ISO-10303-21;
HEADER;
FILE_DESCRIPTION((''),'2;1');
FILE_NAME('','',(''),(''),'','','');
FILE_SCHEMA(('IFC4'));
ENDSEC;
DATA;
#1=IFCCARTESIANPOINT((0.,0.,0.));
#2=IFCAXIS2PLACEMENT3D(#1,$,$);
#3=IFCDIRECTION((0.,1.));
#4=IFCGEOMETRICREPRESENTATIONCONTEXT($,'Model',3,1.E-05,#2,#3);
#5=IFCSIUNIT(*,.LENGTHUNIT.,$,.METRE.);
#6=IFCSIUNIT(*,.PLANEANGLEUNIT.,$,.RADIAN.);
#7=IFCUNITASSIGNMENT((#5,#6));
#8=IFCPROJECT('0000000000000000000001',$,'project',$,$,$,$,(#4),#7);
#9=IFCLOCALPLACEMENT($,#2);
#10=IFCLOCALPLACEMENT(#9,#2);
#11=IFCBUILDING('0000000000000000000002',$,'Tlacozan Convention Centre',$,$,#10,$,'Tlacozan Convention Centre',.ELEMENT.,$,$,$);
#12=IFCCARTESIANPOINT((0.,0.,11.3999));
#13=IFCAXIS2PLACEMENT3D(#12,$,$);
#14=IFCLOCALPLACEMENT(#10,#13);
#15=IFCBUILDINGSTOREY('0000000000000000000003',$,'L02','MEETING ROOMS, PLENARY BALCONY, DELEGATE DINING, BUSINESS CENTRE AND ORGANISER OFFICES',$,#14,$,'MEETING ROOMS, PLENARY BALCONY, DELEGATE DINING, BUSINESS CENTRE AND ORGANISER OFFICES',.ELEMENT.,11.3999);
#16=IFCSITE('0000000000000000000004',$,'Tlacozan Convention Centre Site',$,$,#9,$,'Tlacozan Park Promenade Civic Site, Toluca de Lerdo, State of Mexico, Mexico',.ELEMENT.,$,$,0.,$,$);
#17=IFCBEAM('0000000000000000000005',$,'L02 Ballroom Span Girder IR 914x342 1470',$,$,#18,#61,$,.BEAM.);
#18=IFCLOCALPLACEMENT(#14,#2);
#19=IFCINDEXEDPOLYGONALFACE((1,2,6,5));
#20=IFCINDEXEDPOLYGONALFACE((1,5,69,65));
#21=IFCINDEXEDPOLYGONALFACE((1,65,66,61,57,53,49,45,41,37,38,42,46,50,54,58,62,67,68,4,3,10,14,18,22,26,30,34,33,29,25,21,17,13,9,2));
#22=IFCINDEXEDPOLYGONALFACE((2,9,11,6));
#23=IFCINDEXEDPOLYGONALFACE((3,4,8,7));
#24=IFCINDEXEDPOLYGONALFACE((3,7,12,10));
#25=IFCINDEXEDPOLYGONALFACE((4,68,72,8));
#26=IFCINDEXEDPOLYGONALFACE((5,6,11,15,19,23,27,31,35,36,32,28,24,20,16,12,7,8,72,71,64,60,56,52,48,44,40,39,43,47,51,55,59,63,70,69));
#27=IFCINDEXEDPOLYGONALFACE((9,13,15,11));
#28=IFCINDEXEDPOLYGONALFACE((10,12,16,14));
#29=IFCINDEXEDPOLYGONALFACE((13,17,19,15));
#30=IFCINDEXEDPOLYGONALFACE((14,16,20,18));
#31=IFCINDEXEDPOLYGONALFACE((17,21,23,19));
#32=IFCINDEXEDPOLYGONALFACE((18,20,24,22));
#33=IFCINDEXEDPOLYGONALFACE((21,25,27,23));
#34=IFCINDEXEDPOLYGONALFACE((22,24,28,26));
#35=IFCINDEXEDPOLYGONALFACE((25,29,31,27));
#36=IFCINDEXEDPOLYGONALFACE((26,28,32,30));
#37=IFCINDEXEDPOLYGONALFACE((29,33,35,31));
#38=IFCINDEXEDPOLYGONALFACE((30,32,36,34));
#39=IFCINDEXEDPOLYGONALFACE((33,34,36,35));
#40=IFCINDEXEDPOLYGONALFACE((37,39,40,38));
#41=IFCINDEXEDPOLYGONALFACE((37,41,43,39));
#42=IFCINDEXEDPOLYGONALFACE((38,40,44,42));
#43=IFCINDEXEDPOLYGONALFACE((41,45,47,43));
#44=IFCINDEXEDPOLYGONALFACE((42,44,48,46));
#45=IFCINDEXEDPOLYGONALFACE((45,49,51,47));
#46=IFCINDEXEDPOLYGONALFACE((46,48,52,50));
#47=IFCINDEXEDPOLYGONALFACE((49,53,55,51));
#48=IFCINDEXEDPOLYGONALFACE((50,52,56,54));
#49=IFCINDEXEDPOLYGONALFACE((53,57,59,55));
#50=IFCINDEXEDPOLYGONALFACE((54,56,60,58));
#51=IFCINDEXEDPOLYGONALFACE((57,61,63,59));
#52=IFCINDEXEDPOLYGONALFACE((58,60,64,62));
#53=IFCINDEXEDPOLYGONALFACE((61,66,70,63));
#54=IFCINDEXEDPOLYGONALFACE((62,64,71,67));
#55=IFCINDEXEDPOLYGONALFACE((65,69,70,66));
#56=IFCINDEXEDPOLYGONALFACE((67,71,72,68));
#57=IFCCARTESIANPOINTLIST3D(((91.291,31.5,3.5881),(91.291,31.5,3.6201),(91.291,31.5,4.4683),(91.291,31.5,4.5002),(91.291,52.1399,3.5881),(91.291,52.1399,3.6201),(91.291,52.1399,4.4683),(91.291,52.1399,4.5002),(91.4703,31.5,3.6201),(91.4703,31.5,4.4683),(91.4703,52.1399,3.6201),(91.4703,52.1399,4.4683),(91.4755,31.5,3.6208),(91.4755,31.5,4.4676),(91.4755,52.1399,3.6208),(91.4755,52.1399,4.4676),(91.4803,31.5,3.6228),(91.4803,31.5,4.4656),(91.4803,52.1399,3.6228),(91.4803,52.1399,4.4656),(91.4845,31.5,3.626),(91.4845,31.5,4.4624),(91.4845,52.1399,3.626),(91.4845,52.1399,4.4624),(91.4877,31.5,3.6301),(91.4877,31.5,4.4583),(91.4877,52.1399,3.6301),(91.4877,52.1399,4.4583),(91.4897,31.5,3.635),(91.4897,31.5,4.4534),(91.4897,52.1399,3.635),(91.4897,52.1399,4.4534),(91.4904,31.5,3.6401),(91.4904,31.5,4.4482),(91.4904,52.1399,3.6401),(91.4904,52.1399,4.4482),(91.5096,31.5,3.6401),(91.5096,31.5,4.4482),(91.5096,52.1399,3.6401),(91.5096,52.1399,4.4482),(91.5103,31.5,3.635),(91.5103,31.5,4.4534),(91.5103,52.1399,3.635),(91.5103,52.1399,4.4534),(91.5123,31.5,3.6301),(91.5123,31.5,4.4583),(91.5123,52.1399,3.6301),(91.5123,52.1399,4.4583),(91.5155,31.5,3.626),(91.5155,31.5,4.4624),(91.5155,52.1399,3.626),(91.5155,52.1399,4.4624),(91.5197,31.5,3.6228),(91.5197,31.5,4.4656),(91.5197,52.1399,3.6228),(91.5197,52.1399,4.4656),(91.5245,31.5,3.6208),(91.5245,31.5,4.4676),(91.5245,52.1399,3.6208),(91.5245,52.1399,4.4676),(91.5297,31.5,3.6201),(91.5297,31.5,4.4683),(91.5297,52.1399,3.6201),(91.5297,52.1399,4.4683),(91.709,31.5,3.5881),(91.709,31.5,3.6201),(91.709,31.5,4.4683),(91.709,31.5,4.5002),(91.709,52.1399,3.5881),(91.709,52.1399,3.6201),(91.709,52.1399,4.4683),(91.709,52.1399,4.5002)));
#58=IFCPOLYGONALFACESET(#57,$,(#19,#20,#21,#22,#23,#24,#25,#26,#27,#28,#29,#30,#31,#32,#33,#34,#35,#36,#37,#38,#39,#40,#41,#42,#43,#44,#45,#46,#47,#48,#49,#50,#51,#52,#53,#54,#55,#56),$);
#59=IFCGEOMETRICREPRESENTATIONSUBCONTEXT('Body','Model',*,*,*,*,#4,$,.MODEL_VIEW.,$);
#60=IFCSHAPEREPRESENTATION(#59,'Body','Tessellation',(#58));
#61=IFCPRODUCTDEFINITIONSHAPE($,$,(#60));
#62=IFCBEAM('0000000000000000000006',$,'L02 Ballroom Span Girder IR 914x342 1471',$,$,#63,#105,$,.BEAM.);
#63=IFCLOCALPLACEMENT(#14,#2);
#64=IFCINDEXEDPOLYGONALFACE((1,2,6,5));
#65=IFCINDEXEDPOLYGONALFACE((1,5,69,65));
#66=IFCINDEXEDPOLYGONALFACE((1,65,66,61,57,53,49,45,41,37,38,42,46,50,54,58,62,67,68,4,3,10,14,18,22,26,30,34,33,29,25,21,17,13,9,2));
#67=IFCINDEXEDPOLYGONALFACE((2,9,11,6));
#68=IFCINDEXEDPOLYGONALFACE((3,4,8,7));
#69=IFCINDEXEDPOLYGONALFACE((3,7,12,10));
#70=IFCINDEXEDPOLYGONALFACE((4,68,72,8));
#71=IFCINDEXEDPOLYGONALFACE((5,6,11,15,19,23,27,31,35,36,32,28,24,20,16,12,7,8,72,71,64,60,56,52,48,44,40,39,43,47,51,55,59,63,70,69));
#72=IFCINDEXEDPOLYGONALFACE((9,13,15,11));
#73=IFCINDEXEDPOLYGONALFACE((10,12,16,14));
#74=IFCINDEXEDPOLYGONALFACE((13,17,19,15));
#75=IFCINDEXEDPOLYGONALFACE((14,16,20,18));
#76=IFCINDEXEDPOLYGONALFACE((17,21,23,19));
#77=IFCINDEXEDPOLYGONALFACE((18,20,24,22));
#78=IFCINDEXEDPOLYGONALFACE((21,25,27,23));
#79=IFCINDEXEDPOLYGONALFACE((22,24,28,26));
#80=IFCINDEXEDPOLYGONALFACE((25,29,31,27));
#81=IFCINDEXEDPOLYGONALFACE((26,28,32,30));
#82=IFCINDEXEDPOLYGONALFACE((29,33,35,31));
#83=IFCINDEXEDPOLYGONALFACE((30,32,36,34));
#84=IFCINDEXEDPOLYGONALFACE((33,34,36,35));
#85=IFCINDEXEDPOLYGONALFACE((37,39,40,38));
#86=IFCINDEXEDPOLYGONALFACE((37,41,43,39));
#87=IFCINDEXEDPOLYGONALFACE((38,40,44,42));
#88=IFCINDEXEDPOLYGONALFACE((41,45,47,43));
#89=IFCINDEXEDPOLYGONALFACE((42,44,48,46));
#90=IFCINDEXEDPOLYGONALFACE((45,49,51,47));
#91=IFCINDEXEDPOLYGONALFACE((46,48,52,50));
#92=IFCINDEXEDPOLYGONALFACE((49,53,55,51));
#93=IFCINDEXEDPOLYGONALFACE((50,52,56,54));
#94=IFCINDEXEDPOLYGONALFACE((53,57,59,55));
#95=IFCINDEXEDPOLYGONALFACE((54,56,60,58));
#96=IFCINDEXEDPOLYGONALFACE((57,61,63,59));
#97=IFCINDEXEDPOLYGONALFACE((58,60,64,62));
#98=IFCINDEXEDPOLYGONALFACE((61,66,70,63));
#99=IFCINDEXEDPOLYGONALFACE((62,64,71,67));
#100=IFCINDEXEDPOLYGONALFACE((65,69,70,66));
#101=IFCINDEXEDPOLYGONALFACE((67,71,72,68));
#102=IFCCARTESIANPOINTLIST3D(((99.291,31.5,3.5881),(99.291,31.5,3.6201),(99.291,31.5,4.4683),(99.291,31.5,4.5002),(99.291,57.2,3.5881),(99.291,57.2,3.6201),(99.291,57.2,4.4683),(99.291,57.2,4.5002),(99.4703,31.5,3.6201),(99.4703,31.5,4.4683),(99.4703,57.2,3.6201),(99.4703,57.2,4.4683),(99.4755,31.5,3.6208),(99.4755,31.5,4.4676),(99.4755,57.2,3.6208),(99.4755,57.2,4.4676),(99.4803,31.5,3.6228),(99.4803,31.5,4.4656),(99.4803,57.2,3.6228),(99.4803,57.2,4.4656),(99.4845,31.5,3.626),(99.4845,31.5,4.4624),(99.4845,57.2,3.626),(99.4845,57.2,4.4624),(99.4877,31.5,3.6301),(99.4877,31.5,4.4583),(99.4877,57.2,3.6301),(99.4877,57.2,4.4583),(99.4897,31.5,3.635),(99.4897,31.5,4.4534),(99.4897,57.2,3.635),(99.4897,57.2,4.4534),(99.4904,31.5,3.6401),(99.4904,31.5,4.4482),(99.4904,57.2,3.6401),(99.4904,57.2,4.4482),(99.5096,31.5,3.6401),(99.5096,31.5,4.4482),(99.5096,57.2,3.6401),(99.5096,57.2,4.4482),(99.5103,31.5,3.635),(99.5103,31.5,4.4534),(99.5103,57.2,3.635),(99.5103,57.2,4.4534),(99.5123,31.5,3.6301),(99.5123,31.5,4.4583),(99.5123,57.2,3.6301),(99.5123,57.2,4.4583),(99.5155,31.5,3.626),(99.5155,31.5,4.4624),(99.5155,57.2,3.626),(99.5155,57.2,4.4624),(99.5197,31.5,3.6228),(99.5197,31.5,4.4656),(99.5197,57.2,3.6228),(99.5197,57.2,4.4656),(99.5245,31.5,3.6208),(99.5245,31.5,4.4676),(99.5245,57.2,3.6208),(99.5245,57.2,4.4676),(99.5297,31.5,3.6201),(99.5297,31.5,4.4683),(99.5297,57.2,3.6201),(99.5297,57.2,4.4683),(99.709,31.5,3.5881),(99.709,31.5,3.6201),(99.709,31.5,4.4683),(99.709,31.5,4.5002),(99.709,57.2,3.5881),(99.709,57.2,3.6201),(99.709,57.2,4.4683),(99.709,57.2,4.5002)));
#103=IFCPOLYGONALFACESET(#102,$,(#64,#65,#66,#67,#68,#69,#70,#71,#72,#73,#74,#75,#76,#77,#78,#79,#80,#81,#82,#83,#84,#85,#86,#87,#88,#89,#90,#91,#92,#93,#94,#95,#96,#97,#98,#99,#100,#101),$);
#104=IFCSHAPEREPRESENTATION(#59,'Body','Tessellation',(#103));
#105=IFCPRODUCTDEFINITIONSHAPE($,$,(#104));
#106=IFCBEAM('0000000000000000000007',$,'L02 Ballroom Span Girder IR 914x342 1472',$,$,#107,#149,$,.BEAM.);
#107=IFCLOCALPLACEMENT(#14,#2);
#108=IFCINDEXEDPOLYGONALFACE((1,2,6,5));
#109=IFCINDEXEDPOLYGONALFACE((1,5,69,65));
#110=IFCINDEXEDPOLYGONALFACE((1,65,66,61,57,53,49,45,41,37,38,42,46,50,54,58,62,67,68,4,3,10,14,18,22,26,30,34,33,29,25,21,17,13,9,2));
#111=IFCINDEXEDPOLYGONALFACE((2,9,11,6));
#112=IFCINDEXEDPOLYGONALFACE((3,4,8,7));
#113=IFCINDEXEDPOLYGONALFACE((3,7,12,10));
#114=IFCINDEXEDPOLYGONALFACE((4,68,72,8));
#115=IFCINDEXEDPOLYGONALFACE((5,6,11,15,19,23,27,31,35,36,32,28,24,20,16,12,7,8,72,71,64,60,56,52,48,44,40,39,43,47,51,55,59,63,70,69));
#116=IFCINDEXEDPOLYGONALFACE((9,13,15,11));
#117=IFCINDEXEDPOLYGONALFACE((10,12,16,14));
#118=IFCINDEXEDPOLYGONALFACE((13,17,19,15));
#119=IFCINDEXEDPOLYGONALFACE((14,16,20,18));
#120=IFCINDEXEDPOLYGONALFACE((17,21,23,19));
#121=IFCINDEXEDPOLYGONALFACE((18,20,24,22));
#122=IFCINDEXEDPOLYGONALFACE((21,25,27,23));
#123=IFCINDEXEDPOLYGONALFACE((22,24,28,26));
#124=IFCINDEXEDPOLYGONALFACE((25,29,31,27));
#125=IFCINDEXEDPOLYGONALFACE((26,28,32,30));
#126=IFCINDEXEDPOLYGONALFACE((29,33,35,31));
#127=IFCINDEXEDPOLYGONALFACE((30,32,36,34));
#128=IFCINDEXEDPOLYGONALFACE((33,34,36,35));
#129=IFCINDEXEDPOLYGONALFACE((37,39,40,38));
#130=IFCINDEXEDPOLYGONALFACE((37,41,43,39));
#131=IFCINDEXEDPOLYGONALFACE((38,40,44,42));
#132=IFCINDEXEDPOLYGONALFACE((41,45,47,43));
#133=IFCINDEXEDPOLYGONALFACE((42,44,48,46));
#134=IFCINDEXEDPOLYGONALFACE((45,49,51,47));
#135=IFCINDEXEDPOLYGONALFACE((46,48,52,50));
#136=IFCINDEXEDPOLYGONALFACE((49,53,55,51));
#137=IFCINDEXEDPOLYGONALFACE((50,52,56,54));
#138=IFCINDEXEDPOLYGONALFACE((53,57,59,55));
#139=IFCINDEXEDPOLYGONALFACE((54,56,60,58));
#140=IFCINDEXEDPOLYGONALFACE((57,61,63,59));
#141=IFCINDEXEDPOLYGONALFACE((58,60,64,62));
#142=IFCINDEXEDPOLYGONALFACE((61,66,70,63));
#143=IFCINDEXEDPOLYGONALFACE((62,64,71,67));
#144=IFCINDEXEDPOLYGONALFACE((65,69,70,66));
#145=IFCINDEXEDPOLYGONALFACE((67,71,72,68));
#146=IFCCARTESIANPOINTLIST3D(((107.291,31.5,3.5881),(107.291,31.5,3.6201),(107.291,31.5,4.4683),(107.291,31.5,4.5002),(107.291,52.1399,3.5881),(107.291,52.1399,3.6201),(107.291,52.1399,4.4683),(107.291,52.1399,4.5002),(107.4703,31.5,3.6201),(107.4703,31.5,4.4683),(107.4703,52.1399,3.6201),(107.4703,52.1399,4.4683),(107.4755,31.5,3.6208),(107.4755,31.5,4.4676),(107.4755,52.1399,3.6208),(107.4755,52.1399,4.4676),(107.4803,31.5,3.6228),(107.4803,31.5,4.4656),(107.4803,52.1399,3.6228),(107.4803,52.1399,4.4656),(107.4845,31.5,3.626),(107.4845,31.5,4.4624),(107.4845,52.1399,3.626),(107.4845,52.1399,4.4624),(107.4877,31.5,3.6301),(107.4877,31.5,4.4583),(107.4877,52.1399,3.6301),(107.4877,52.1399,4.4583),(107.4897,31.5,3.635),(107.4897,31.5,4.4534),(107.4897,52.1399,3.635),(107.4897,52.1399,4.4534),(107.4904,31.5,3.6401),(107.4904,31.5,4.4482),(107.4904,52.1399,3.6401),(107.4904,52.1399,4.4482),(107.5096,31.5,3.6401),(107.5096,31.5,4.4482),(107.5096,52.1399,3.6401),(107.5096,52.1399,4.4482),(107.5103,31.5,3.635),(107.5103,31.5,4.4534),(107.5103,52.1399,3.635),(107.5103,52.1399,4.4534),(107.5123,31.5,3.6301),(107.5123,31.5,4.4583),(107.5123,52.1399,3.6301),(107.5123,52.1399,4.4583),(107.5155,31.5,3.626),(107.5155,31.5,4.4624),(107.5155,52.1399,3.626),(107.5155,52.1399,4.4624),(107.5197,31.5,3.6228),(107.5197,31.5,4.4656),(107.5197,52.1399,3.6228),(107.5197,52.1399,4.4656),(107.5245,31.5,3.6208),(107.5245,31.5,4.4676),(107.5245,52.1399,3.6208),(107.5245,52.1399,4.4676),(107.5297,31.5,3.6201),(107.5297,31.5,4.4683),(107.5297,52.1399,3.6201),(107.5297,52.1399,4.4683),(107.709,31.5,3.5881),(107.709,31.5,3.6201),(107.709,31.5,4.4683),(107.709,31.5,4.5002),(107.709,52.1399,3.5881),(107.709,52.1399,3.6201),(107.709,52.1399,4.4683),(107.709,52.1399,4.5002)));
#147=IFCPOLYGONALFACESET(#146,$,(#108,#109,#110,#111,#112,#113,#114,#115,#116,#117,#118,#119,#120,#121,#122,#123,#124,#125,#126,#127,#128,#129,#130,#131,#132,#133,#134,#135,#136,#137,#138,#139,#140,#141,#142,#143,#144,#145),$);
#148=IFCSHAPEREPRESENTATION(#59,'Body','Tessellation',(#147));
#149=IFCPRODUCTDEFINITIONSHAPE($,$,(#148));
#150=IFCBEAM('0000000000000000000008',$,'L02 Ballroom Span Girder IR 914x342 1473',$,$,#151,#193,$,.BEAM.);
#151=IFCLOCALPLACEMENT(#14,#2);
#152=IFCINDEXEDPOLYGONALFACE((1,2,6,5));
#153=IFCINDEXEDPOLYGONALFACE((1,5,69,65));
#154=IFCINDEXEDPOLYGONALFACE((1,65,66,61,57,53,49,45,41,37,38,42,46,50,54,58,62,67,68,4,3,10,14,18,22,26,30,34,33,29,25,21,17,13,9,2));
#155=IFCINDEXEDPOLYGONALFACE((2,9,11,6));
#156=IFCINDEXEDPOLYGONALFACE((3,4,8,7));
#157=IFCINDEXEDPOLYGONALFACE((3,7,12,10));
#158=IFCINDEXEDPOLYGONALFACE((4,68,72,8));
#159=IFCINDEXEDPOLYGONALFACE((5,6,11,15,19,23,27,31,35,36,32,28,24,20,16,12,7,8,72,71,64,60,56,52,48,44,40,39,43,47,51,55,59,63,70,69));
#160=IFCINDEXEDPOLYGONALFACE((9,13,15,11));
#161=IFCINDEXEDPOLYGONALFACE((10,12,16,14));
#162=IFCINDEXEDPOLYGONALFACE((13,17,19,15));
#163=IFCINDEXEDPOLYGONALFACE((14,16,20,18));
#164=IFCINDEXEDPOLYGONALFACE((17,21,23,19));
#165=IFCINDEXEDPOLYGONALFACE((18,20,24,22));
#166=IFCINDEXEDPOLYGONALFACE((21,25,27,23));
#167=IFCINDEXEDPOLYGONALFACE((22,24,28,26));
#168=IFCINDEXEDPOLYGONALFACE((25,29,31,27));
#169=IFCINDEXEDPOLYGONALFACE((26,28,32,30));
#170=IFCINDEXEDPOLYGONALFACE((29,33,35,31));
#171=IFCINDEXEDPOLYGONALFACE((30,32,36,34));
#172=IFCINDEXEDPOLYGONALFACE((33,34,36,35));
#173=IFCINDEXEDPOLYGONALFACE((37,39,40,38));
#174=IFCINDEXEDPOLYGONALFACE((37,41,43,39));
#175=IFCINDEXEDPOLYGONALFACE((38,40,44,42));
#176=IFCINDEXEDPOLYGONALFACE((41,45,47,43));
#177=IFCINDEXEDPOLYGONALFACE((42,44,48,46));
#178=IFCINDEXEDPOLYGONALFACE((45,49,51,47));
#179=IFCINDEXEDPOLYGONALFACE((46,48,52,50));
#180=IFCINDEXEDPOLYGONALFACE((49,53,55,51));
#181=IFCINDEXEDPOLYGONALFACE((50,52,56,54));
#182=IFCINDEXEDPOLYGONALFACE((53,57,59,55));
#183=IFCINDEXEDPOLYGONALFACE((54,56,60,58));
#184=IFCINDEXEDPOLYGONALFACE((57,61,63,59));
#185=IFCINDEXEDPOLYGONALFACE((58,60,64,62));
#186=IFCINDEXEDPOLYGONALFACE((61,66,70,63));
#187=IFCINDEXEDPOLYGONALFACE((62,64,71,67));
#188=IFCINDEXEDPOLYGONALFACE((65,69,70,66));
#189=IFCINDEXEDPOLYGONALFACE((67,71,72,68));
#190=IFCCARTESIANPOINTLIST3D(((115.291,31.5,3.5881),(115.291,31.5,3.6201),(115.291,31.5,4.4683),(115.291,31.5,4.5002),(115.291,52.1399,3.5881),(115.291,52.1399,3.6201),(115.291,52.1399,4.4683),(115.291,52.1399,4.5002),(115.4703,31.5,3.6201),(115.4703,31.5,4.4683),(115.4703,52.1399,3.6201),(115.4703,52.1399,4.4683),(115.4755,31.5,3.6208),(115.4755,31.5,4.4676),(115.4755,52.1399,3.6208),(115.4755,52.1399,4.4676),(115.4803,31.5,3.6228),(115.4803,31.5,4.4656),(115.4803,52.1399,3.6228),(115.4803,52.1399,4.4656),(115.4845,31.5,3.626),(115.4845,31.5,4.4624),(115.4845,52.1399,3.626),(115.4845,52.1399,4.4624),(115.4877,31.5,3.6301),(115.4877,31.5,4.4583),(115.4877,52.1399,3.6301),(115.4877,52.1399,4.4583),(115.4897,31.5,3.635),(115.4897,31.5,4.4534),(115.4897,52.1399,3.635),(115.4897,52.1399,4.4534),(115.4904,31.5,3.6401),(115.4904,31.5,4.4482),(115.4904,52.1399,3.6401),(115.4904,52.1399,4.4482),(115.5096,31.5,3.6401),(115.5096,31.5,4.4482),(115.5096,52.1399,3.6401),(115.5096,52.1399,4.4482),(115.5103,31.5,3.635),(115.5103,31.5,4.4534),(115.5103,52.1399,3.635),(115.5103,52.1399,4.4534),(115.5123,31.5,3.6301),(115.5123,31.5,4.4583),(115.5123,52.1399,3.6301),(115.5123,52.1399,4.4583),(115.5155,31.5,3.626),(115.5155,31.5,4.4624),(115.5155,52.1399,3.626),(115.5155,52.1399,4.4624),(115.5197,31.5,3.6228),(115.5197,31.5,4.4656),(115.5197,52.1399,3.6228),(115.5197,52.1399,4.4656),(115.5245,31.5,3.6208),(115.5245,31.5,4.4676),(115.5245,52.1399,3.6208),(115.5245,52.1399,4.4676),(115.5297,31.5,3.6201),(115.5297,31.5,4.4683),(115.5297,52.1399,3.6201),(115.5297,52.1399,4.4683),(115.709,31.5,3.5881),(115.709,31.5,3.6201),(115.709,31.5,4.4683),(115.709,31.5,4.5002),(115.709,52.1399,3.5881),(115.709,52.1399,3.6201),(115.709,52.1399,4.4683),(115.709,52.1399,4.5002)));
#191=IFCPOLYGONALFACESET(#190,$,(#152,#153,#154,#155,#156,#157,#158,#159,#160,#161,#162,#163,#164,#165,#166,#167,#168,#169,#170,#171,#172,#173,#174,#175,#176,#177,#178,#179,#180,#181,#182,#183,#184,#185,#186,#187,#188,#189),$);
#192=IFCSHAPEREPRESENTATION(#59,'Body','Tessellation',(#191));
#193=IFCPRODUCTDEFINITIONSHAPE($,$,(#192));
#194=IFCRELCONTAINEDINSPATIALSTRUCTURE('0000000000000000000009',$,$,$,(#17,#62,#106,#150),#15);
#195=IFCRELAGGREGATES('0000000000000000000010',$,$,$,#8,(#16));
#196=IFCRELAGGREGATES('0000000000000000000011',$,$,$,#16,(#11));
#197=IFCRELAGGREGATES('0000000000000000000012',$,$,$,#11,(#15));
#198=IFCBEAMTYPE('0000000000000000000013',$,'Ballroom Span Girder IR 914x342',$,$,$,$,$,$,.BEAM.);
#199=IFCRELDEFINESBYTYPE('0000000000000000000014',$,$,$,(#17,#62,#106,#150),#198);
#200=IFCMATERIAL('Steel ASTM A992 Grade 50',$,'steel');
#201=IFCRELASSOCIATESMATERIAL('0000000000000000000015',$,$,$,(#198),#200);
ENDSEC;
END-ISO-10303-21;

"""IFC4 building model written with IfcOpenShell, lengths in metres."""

from ifc_helpers import new_model, si_unit, direction, frame, origin, origin_2d, place, context, subcontext, project, spatial, i_section, extrude, material, material_profile, profile_set, type_object, element, save


model = new_model("IFC4")

# Units and contexts
model_context = context("Model", 3, precision=1e-05, world=origin(), true_north=direction((0.0, 1.0)))
body_context = subcontext(model_context, "Body", "Model", "MODEL_VIEW")
ifc_project = project(units=[si_unit("LENGTHUNIT", "METRE"), si_unit("PLANEANGLEUNIT", "RADIAN")], contexts=[model_context])

# Site, building, storey
site_placement = place(None, origin())
site = spatial("IfcSite", under=ifc_project, at=site_placement, Name="Tlacozan Convention Centre Site", LongName="Tlacozan Park Promenade Civic Site, Toluca de Lerdo, State of Mexico, Mexico", CompositionType="ELEMENT", RefElevation=0.0)
building_placement = place(site_placement, origin())
building = spatial("IfcBuilding", under=site, at=building_placement, Name="Tlacozan Convention Centre", LongName="Tlacozan Convention Centre", CompositionType="ELEMENT")
storey_placement = place(building_placement, frame((0.0, 0.0, 11.3999)))
storey = spatial("IfcBuildingStorey", under=building, at=storey_placement, Name="L02", Description="MEETING ROOMS, PLENARY BALCONY, DELEGATE DINING, BUSINESS CENTRE AND ORGANISER OFFICES", LongName="MEETING ROOMS, PLENARY BALCONY, DELEGATE DINING, BUSINESS CENTRE AND ORGANISER OFFICES", CompositionType="ELEMENT", Elevation=11.3999)

# Shared definitions
ifc_material_1 = material(Name="Steel ASTM A992 Grade 50", Category="steel")

# Beams
ifc_material_profile_1 = material_profile(ifc_material_1, i_section(OverallWidth=0.418, OverallDepth=0.9121, WebThickness=0.0193, FlangeThickness=0.032, FilletRadius=0.02, at=origin_2d()), Name="IR 914x342.0")
ifc_profile_set_1 = profile_set([ifc_material_profile_1], Name="Steel ASTM A992 Grade 50")
beam_type_1 = type_object("IfcBeamType", Name="Ballroom Span Girder IR 914x342", PredefinedType="BEAM", material=ifc_profile_set_1)
beam_1_placement = place(storey_placement, frame((91.5, 31.5, 4.0442), z_axis=(0.0, 1.0, 0.0), x_axis=(-1.0, 0.0, 0.0)))
element("IfcBeam", 1, at=beam_1_placement, inside=storey, type_object=beam_type_1, Name="L02 Ballroom Span Girder IR 914x342 1470", PredefinedType="BEAM", context=body_context, shape_type="SweptSolid", body=[
    extrude(i_section(OverallWidth=0.418, OverallDepth=0.9121, WebThickness=0.0193, FlangeThickness=0.032, FilletRadius=0.02, at=origin_2d()), origin(), (0.0, 0.0, 1.0), 20.6399),
])
beam_2_placement = place(storey_placement, frame((99.5, 31.5, 4.0442), z_axis=(0.0, 1.0, 0.0), x_axis=(-1.0, 0.0, 0.0)))
element("IfcBeam", 2, at=beam_2_placement, inside=storey, type_object=beam_type_1, Name="L02 Ballroom Span Girder IR 914x342 1471", PredefinedType="BEAM", context=body_context, shape_type="SweptSolid", body=[
    extrude(i_section(OverallWidth=0.418, OverallDepth=0.9121, WebThickness=0.0193, FlangeThickness=0.032, FilletRadius=0.02, at=origin_2d()), origin(), (0.0, 0.0, 1.0), 25.7),
])
for number, where, z_axis, x_axis, name in (
    (3, (107.5, 31.5, 4.0442), (0.0, 1.0, 0.0), (-1.0, 0.0, 0.0), "L02 Ballroom Span Girder IR 914x342 1472"),
    (4, (115.5, 31.5, 4.0442), (0.0, 1.0, 0.0), (-1.0, 0.0, 0.0), "L02 Ballroom Span Girder IR 914x342 1473"),
):
    element("IfcBeam", number, at=place(storey_placement, frame(where, z_axis=z_axis, x_axis=x_axis)), inside=storey, type_object=beam_type_1, Name=name, PredefinedType="BEAM", context=body_context, shape_type="SweptSolid", body=[
        extrude(i_section(OverallWidth=0.418, OverallDepth=0.9121, WebThickness=0.0193, FlangeThickness=0.032, FilletRadius=0.02, at=origin_2d()), origin(), (0.0, 0.0, 1.0), 20.6399),
    ])

save(model, "model.ifc")
